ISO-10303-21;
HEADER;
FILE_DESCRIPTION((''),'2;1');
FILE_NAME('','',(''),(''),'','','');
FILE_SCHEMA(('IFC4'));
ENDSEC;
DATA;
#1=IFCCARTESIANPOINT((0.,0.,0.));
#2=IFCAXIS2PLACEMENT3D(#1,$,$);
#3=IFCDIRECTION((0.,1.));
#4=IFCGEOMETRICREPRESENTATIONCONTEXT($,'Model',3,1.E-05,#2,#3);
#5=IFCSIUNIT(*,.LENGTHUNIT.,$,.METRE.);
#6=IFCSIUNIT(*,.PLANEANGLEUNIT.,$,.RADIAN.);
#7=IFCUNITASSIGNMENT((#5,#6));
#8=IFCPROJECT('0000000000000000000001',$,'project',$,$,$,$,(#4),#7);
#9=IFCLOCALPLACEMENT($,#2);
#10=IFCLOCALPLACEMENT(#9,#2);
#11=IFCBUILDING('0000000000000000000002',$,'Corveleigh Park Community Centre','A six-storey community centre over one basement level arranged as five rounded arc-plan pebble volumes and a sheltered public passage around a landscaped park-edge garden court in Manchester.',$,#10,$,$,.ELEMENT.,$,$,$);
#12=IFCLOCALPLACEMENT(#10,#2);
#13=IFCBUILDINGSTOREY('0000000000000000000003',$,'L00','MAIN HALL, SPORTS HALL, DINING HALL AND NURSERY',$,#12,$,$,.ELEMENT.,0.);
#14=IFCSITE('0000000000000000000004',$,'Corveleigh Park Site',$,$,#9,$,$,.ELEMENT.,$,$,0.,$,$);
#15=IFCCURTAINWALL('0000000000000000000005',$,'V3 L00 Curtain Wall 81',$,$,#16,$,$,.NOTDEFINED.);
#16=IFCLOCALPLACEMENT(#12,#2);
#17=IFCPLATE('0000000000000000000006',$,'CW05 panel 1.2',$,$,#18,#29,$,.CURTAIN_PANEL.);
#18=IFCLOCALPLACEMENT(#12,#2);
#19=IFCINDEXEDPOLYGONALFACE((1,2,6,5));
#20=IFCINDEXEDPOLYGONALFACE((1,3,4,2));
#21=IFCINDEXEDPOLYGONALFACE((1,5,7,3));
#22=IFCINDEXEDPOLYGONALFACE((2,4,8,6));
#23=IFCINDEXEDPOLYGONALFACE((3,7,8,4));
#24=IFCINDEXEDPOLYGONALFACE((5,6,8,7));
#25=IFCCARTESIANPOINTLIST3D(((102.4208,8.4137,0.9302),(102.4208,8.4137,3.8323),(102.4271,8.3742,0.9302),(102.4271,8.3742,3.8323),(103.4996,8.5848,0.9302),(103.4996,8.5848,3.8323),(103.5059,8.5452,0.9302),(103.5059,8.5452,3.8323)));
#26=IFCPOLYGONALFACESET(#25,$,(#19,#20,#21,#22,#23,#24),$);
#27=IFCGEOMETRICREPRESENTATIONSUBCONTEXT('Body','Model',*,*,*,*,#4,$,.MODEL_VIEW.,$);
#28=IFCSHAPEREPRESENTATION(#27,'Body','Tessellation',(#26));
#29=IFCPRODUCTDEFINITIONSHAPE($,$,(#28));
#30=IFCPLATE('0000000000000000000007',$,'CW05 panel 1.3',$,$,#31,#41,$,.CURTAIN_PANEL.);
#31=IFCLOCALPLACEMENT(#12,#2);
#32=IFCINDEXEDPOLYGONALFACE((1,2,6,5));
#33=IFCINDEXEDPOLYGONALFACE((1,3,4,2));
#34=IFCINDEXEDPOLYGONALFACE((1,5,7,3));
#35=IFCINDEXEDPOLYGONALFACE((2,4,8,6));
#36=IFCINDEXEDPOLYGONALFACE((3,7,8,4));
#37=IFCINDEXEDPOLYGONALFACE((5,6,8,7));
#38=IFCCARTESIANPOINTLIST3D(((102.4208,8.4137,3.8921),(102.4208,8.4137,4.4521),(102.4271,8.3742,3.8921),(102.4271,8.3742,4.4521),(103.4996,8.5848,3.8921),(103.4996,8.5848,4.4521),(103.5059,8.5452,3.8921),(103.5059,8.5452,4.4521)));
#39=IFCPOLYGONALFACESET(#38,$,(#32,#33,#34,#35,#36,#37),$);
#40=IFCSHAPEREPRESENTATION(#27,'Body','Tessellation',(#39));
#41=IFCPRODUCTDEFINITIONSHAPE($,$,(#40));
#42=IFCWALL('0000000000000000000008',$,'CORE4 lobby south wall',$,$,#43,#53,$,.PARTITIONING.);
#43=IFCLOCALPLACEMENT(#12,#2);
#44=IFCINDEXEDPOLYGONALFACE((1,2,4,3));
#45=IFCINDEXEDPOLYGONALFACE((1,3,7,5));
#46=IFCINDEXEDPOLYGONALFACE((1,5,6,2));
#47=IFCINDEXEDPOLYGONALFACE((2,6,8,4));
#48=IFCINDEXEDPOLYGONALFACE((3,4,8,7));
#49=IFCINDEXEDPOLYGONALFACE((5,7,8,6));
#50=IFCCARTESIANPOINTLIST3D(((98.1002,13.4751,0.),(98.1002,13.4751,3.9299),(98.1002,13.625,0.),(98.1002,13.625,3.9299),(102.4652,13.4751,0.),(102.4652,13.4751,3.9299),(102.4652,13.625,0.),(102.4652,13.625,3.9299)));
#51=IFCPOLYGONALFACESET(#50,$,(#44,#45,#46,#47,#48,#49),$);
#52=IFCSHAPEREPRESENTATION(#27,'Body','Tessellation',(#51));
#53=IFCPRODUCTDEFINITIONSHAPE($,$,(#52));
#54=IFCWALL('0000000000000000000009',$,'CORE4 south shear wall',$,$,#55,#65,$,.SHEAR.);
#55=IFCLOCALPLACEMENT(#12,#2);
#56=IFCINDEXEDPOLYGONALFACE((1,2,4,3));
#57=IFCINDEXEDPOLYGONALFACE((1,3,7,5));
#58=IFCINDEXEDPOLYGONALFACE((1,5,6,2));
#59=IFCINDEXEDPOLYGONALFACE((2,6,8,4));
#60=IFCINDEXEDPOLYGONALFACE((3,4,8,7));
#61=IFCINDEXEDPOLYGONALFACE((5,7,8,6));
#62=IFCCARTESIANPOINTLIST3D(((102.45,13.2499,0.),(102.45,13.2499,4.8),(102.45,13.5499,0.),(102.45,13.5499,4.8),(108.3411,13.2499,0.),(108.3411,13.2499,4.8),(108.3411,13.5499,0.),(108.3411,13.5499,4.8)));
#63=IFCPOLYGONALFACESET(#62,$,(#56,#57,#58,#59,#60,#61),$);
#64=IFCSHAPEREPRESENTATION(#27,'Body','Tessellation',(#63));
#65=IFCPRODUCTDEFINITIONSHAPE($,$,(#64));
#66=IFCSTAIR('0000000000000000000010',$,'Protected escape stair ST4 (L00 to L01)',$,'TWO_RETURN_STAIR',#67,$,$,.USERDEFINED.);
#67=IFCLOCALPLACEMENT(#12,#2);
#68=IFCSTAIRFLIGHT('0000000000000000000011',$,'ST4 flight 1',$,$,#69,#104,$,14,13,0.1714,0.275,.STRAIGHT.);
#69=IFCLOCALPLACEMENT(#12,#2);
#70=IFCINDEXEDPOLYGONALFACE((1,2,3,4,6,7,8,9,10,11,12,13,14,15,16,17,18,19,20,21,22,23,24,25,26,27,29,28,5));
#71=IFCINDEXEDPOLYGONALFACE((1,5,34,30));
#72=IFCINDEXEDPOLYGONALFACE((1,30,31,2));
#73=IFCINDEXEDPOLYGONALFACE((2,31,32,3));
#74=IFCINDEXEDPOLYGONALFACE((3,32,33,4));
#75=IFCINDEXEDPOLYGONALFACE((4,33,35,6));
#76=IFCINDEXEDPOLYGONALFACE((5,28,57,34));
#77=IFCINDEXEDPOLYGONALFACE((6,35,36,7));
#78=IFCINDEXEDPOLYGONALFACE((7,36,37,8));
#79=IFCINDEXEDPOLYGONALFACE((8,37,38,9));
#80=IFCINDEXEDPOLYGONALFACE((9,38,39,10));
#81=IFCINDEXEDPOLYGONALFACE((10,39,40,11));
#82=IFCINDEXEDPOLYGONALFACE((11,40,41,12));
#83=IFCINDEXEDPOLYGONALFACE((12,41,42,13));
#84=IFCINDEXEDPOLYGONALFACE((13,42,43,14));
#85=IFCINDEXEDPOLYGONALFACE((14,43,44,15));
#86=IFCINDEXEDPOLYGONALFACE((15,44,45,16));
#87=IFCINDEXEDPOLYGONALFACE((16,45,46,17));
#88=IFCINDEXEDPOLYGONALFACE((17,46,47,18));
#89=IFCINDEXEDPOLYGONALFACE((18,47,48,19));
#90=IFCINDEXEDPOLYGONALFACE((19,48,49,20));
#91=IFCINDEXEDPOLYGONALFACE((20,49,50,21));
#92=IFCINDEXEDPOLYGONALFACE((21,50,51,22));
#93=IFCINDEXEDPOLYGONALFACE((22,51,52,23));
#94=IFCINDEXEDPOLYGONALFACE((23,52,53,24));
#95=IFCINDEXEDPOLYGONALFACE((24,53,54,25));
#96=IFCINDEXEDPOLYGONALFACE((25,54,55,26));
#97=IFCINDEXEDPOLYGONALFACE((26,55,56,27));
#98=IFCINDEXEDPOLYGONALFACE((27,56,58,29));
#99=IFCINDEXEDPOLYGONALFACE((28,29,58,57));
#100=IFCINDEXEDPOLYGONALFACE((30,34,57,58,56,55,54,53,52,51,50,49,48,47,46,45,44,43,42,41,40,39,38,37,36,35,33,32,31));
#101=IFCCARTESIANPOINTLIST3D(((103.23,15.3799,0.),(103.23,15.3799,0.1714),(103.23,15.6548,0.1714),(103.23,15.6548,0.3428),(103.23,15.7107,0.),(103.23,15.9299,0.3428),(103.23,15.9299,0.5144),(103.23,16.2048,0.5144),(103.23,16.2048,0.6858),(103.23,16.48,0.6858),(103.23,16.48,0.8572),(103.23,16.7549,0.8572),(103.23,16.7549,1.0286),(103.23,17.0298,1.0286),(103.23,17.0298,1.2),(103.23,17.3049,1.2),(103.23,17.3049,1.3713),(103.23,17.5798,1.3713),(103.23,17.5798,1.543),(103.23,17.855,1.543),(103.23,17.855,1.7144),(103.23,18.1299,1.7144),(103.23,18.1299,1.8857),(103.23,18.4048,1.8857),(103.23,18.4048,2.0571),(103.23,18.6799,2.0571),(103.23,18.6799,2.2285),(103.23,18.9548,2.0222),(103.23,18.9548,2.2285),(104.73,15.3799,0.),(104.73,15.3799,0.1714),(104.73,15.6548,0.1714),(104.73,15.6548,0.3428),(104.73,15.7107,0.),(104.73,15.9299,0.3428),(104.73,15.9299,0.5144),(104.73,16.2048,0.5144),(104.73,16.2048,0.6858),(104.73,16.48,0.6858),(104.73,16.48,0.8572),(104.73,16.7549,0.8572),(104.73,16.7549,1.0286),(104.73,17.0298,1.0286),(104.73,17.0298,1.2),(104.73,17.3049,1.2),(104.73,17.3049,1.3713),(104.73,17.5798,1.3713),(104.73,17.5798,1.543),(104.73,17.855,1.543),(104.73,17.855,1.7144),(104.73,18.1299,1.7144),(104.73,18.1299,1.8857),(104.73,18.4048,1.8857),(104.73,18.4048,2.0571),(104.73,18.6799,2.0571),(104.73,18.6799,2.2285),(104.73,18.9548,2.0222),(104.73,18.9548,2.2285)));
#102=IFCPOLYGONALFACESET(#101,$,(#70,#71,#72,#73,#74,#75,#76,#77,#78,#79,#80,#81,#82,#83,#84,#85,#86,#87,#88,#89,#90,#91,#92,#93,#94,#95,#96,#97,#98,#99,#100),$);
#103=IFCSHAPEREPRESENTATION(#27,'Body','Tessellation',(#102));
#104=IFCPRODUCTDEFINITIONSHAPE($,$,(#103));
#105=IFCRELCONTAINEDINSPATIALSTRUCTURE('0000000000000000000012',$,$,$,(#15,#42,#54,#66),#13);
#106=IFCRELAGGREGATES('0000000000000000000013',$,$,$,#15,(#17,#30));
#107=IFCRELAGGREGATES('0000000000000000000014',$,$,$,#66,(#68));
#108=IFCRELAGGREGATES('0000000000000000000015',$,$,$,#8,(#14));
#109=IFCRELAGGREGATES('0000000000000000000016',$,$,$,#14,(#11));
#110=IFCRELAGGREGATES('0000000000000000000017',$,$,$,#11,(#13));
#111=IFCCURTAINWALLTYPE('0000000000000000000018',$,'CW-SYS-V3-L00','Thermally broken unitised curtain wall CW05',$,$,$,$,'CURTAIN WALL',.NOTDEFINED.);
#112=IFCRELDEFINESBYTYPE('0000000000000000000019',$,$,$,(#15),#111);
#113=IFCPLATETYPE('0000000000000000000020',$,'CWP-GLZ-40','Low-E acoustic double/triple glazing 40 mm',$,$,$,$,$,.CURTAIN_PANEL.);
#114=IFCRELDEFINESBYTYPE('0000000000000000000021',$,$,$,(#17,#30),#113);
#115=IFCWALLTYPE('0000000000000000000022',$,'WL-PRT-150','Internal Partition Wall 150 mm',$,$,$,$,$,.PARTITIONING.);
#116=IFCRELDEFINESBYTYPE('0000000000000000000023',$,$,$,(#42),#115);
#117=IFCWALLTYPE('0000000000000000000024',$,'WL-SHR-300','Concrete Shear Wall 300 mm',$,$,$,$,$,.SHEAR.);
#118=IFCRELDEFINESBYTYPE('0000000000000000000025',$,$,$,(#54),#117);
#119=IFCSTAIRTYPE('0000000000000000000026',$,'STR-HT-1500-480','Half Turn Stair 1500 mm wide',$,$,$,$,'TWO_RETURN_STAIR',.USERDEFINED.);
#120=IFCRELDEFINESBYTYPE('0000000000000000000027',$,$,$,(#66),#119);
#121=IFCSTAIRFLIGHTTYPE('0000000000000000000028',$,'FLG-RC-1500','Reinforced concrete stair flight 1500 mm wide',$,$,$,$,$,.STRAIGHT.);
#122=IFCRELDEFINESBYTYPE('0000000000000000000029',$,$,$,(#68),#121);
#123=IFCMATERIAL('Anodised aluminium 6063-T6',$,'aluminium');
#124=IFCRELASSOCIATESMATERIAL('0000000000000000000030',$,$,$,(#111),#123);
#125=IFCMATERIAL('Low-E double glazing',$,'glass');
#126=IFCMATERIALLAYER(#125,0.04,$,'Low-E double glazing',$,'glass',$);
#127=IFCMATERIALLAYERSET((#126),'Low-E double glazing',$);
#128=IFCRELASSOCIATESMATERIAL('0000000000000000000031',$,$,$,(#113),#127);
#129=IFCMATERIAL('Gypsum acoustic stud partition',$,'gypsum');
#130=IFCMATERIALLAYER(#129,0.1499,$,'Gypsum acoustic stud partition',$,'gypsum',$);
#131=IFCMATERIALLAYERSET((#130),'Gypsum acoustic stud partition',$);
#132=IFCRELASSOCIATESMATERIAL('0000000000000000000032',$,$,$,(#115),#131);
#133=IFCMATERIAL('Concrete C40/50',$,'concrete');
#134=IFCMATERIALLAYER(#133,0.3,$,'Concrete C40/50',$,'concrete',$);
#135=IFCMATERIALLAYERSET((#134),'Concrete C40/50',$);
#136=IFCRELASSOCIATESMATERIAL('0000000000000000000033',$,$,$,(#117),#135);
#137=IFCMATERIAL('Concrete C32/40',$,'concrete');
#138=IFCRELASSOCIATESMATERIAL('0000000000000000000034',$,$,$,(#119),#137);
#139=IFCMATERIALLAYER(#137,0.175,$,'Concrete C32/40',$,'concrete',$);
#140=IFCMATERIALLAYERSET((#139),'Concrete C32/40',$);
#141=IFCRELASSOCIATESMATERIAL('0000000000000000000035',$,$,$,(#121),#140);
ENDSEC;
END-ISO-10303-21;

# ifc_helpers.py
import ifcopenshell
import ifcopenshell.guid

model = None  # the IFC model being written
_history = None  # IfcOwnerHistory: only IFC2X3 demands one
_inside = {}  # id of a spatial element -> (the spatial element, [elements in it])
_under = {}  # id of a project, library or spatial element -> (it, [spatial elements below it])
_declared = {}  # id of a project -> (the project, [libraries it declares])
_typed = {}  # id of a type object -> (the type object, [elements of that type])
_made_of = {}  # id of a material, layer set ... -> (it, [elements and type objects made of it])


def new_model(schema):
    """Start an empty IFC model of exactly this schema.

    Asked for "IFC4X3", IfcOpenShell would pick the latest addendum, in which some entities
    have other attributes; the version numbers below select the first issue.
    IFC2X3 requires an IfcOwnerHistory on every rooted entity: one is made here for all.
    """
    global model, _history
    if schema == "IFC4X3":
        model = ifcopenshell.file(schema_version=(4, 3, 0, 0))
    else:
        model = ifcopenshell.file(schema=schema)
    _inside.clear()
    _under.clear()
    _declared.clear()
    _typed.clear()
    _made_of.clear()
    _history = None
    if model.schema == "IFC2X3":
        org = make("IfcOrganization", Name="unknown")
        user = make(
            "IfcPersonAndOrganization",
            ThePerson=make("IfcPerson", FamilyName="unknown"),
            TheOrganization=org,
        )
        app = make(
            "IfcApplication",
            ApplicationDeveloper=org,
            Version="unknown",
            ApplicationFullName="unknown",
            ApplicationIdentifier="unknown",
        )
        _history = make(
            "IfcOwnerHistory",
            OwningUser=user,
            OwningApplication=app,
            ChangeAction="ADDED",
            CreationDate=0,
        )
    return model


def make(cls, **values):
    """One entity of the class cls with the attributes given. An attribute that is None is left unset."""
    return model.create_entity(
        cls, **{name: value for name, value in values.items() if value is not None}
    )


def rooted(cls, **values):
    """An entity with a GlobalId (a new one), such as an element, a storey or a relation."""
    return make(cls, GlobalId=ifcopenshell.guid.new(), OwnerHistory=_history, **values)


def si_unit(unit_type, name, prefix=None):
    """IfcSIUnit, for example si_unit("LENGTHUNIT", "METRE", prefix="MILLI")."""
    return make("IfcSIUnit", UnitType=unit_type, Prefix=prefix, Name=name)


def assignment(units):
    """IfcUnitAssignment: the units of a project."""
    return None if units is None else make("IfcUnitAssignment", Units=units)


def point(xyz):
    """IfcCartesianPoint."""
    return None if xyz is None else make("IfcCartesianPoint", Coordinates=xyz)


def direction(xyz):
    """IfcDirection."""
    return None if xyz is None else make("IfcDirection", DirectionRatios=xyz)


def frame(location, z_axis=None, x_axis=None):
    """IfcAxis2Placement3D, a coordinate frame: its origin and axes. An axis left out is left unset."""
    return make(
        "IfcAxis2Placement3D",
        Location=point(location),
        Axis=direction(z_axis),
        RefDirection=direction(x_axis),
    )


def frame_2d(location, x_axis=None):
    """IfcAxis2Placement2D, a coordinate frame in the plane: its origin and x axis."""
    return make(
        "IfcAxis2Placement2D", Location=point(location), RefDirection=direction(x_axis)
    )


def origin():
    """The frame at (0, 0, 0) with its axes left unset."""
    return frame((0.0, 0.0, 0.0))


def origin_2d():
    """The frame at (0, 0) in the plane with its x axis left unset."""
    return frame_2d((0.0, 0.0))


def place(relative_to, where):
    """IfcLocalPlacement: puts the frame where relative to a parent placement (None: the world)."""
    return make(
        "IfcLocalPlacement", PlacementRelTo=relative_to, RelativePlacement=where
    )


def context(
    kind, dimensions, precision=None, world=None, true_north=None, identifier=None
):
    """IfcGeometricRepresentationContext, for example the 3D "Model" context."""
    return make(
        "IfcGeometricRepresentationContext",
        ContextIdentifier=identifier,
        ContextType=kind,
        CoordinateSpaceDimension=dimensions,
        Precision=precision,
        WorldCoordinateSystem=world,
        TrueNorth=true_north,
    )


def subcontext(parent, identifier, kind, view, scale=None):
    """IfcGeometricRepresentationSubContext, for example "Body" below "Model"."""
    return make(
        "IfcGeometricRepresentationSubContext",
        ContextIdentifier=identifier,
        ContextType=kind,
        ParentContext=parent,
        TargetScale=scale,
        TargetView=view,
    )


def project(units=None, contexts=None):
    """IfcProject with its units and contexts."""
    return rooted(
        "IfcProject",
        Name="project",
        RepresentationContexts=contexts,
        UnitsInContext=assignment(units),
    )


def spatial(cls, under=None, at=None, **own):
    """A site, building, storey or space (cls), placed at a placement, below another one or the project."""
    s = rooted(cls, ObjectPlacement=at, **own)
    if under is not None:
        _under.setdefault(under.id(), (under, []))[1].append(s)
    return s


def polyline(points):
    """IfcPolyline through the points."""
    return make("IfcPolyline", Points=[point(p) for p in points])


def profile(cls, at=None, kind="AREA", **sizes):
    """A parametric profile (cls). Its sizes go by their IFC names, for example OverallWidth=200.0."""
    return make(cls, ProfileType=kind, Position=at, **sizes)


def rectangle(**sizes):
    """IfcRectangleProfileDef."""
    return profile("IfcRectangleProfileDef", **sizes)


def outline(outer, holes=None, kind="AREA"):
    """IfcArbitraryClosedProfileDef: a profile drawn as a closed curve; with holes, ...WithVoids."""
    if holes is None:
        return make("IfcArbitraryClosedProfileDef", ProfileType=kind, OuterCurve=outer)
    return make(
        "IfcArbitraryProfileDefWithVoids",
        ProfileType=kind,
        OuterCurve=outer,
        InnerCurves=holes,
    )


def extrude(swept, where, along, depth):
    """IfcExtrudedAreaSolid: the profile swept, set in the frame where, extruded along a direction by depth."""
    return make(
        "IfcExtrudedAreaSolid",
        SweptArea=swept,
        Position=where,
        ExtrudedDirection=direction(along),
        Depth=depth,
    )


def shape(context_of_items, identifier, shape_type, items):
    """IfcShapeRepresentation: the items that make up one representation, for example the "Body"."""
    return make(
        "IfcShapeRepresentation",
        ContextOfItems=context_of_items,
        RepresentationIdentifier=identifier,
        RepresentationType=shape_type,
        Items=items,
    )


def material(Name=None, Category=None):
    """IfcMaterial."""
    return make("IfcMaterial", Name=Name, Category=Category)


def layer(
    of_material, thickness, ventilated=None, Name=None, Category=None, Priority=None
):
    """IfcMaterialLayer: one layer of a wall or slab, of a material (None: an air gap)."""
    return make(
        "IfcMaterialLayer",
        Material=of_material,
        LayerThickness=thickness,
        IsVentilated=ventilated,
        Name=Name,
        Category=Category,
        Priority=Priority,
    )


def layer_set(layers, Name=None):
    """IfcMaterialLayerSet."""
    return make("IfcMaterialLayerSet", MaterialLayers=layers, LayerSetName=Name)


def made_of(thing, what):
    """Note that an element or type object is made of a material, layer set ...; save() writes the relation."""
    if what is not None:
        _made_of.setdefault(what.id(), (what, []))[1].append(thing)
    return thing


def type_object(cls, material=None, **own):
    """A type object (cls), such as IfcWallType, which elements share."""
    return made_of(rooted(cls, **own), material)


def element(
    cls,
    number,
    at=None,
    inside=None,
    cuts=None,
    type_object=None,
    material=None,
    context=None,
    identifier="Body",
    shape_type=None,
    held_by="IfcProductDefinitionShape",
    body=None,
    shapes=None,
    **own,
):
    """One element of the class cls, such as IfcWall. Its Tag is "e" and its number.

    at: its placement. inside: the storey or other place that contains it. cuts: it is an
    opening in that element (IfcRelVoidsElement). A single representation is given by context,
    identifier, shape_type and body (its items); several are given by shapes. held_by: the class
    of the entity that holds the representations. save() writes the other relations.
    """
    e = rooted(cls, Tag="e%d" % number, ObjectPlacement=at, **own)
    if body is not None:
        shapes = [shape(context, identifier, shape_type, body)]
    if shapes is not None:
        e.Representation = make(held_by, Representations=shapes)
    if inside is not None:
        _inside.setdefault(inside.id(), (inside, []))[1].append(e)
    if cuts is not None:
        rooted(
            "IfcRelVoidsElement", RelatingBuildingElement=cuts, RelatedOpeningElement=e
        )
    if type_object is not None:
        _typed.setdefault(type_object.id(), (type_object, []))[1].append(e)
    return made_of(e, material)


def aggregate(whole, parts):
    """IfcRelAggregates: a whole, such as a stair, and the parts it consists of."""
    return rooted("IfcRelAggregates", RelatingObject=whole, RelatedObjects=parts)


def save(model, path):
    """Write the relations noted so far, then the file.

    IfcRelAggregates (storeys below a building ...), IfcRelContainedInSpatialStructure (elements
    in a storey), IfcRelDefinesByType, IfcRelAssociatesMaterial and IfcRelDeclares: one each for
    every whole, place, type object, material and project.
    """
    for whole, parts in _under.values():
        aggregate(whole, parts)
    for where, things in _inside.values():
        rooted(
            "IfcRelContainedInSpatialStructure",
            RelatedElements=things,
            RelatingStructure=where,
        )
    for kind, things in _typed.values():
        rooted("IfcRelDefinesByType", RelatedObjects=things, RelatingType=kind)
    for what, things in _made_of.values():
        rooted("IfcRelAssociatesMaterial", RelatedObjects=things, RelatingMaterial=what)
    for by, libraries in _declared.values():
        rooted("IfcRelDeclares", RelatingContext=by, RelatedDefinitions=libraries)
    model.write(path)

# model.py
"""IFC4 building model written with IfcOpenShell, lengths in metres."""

from ifc_helpers import new_model, si_unit, direction, frame, frame_2d, origin, origin_2d, place, context, subcontext, project, spatial, polyline, rectangle, outline, extrude, material, layer, layer_set, type_object, element, aggregate, save


model = new_model("IFC4")

# Units and contexts
model_context = context("Model", 3, precision=1e-05, world=origin(), true_north=direction((0.0, 1.0)))
body_context = subcontext(model_context, "Body", "Model", "MODEL_VIEW")
ifc_project = project(units=[si_unit("LENGTHUNIT", "METRE"), si_unit("PLANEANGLEUNIT", "RADIAN")], contexts=[model_context])

# Site, building, storey
site_placement = place(None, origin())
site = spatial("IfcSite", under=ifc_project, at=site_placement, Name="Corveleigh Park Site", CompositionType="ELEMENT", RefElevation=0.0)
building_placement = place(site_placement, origin())
building = spatial("IfcBuilding", under=site, at=building_placement, Name="Corveleigh Park Community Centre", Description="A six-storey community centre over one basement level arranged as five rounded arc-plan pebble volumes and a sheltered public passage around a landscaped park-edge garden court in Manchester.", CompositionType="ELEMENT")
storey_placement = place(building_placement, origin())
storey = spatial("IfcBuildingStorey", under=building, at=storey_placement, Name="L00", Description="MAIN HALL, SPORTS HALL, DINING HALL AND NURSERY", CompositionType="ELEMENT", Elevation=0.0)

# Shared definitions
ifc_material_1 = material(Name="Concrete C40/50", Category="concrete")

# Curtain wall, plates
ifc_material_2 = material(Name="Anodised aluminium 6063-T6", Category="aluminium")
curtain_wall_type = type_object("IfcCurtainWallType", Name="CW-SYS-V3-L00", Description="Thermally broken unitised curtain wall CW05", ElementType="CURTAIN WALL", PredefinedType="NOTDEFINED", material=ifc_material_2)
curtain_wall_placement = place(storey_placement, origin())
curtain_wall = element("IfcCurtainWall", 1, at=curtain_wall_placement, inside=storey, type_object=curtain_wall_type, Name="V3 L00 Curtain Wall 81", PredefinedType="NOTDEFINED")
ifc_material_3 = material(Name="Low-E double glazing", Category="glass")
ifc_layer_1 = layer(ifc_material_3, 0.04, Name="Low-E double glazing", Category="glass")
ifc_layer_set_1 = layer_set([ifc_layer_1], Name="Low-E double glazing")
plate_type = type_object("IfcPlateType", Name="CWP-GLZ-40", Description="Low-E acoustic double/triple glazing 40 mm", PredefinedType="CURTAIN_PANEL", material=ifc_layer_set_1)
plate_1_placement = place(storey_placement, frame((102.9634, 8.4795, 0.9302), z_axis=(0.0, 0.0, 1.0), x_axis=(-0.987661, -0.156606, 0.0)))
plate_1 = element("IfcPlate", 2, at=plate_1_placement, type_object=plate_type, Name="CW05 panel 1.2", PredefinedType="CURTAIN_PANEL", context=body_context, shape_type="SweptSolid", body=[
    extrude(rectangle(XDim=1.0923, YDim=0.04, at=origin_2d()), origin(), (0.0, 0.0, 1.0), 2.9021),
])
plate_2_placement = place(storey_placement, frame((102.9634, 8.4795, 3.8921), z_axis=(0.0, 0.0, 1.0), x_axis=(-0.987661, -0.156606, 0.0)))
plate_2 = element("IfcPlate", 3, at=plate_2_placement, type_object=plate_type, Name="CW05 panel 1.3", PredefinedType="CURTAIN_PANEL", context=body_context, shape_type="SweptSolid", body=[
    extrude(rectangle(XDim=1.0923, YDim=0.04, at=origin_2d()), origin(), (0.0, 0.0, 1.0), 0.5601),
])
aggregate(curtain_wall, [plate_1, plate_2])

# Walls
ifc_material_4 = material(Name="Gypsum acoustic stud partition", Category="gypsum")
ifc_layer_2 = layer(ifc_material_4, 0.1499, Name="Gypsum acoustic stud partition", Category="gypsum")
ifc_layer_set_2 = layer_set([ifc_layer_2], Name="Gypsum acoustic stud partition")
wall_type_1 = type_object("IfcWallType", Name="WL-PRT-150", Description="Internal Partition Wall 150 mm", PredefinedType="PARTITIONING", material=ifc_layer_set_2)
wall_1_placement = place(storey_placement, frame((98.1001, 13.55, 0.0), z_axis=(0.0, 0.0, 1.0), x_axis=(1.0, 0.0, 0.0)))
element("IfcWall", 4, at=wall_1_placement, inside=storey, type_object=wall_type_1, Name="CORE4 lobby south wall", PredefinedType="PARTITIONING", context=body_context, shape_type="SweptSolid", body=[
    extrude(rectangle(XDim=4.365, YDim=0.1499, at=frame_2d((2.1826, 0.0))), origin(), (0.0, 0.0, 1.0), 3.9299),
])
ifc_layer_3 = layer(ifc_material_1, 0.3, Name="Concrete C40/50", Category="concrete")
ifc_layer_set_3 = layer_set([ifc_layer_3], Name="Concrete C40/50")
wall_type_2 = type_object("IfcWallType", Name="WL-SHR-300", Description="Concrete Shear Wall 300 mm", PredefinedType="SHEAR", material=ifc_layer_set_3)
wall_2_placement = place(storey_placement, frame((102.45, 13.3999, 0.0), z_axis=(0.0, 0.0, 1.0), x_axis=(1.0, 0.0, 0.0)))
element("IfcWall", 5, at=wall_2_placement, inside=storey, type_object=wall_type_2, Name="CORE4 south shear wall", PredefinedType="SHEAR", context=body_context, shape_type="SweptSolid", body=[
    extrude(rectangle(XDim=5.8911, YDim=0.3, at=frame_2d((2.9456, 0.0))), origin(), (0.0, 0.0, 1.0), 4.8),
])

# Stair, stair flight
ifc_material_5 = material(Name="Concrete C32/40", Category="concrete")
stair_type = type_object("IfcStairType", Name="STR-HT-1500-480", Description="Half Turn Stair 1500 mm wide", ElementType="TWO_RETURN_STAIR", PredefinedType="USERDEFINED", material=ifc_material_5)
stair_placement = place(storey_placement, origin())
stair = element("IfcStair", 6, at=stair_placement, inside=storey, type_object=stair_type, Name="Protected escape stair ST4 (L00 to L01)", ObjectType="TWO_RETURN_STAIR", PredefinedType="USERDEFINED")
ifc_layer_4 = layer(ifc_material_5, 0.175, Name="Concrete C32/40", Category="concrete")
ifc_layer_set_4 = layer_set([ifc_layer_4], Name="Concrete C32/40")
stair_flight_type = type_object("IfcStairFlightType", Name="FLG-RC-1500", Description="Reinforced concrete stair flight 1500 mm wide", PredefinedType="STRAIGHT", material=ifc_layer_set_4)
stair_flight_placement = place(storey_placement, frame((103.98, 15.3799, 0.0), z_axis=(0.0, 0.0, 1.0), x_axis=(0.0, 1.0, 0.0)))
stair_flight = element("IfcStairFlight", 7, at=stair_flight_placement, type_object=stair_flight_type, Name="ST4 flight 1", NumberOfRisers=14, NumberOfTreads=13, PredefinedType="STRAIGHT", RiserHeight=0.1714, TreadLength=0.275, context=body_context, shape_type="SweptSolid", body=[
    extrude(outline(polyline([(0.0, 0.0), (0.0, 0.1714), (0.2749, 0.1714), (0.2749, 0.3428), (0.55, 0.3428), (0.55, 0.5144), (0.825, 0.5144), (0.825, 0.6858), (1.1001, 0.6858), (1.1001, 0.8572), (1.375, 0.8572), (1.375, 1.0286), (1.6499, 1.0286), (1.6499, 1.2), (1.925, 1.2), (1.925, 1.3713), (2.2, 1.3713), (2.2, 1.543), (2.4751, 1.543), (2.4751, 1.7144), (2.75, 1.7144), (2.75, 1.8857), (3.0249, 1.8857), (3.0249, 2.0571), (3.3, 2.0571), (3.3, 2.2285), (3.575, 2.2285), (3.575, 2.3999), (3.575, 2.0222), (0.3308, 0.0), (0.0, 0.0)])), frame((0.0, 0.75, 0.0), z_axis=(0.0, -1.0, 0.0), x_axis=(1.0, 0.0, 0.0)), (0.0, 0.0, 1.0), 1.5),
])
aggregate(stair, [stair_flight])

save(model, "model.ifc")
